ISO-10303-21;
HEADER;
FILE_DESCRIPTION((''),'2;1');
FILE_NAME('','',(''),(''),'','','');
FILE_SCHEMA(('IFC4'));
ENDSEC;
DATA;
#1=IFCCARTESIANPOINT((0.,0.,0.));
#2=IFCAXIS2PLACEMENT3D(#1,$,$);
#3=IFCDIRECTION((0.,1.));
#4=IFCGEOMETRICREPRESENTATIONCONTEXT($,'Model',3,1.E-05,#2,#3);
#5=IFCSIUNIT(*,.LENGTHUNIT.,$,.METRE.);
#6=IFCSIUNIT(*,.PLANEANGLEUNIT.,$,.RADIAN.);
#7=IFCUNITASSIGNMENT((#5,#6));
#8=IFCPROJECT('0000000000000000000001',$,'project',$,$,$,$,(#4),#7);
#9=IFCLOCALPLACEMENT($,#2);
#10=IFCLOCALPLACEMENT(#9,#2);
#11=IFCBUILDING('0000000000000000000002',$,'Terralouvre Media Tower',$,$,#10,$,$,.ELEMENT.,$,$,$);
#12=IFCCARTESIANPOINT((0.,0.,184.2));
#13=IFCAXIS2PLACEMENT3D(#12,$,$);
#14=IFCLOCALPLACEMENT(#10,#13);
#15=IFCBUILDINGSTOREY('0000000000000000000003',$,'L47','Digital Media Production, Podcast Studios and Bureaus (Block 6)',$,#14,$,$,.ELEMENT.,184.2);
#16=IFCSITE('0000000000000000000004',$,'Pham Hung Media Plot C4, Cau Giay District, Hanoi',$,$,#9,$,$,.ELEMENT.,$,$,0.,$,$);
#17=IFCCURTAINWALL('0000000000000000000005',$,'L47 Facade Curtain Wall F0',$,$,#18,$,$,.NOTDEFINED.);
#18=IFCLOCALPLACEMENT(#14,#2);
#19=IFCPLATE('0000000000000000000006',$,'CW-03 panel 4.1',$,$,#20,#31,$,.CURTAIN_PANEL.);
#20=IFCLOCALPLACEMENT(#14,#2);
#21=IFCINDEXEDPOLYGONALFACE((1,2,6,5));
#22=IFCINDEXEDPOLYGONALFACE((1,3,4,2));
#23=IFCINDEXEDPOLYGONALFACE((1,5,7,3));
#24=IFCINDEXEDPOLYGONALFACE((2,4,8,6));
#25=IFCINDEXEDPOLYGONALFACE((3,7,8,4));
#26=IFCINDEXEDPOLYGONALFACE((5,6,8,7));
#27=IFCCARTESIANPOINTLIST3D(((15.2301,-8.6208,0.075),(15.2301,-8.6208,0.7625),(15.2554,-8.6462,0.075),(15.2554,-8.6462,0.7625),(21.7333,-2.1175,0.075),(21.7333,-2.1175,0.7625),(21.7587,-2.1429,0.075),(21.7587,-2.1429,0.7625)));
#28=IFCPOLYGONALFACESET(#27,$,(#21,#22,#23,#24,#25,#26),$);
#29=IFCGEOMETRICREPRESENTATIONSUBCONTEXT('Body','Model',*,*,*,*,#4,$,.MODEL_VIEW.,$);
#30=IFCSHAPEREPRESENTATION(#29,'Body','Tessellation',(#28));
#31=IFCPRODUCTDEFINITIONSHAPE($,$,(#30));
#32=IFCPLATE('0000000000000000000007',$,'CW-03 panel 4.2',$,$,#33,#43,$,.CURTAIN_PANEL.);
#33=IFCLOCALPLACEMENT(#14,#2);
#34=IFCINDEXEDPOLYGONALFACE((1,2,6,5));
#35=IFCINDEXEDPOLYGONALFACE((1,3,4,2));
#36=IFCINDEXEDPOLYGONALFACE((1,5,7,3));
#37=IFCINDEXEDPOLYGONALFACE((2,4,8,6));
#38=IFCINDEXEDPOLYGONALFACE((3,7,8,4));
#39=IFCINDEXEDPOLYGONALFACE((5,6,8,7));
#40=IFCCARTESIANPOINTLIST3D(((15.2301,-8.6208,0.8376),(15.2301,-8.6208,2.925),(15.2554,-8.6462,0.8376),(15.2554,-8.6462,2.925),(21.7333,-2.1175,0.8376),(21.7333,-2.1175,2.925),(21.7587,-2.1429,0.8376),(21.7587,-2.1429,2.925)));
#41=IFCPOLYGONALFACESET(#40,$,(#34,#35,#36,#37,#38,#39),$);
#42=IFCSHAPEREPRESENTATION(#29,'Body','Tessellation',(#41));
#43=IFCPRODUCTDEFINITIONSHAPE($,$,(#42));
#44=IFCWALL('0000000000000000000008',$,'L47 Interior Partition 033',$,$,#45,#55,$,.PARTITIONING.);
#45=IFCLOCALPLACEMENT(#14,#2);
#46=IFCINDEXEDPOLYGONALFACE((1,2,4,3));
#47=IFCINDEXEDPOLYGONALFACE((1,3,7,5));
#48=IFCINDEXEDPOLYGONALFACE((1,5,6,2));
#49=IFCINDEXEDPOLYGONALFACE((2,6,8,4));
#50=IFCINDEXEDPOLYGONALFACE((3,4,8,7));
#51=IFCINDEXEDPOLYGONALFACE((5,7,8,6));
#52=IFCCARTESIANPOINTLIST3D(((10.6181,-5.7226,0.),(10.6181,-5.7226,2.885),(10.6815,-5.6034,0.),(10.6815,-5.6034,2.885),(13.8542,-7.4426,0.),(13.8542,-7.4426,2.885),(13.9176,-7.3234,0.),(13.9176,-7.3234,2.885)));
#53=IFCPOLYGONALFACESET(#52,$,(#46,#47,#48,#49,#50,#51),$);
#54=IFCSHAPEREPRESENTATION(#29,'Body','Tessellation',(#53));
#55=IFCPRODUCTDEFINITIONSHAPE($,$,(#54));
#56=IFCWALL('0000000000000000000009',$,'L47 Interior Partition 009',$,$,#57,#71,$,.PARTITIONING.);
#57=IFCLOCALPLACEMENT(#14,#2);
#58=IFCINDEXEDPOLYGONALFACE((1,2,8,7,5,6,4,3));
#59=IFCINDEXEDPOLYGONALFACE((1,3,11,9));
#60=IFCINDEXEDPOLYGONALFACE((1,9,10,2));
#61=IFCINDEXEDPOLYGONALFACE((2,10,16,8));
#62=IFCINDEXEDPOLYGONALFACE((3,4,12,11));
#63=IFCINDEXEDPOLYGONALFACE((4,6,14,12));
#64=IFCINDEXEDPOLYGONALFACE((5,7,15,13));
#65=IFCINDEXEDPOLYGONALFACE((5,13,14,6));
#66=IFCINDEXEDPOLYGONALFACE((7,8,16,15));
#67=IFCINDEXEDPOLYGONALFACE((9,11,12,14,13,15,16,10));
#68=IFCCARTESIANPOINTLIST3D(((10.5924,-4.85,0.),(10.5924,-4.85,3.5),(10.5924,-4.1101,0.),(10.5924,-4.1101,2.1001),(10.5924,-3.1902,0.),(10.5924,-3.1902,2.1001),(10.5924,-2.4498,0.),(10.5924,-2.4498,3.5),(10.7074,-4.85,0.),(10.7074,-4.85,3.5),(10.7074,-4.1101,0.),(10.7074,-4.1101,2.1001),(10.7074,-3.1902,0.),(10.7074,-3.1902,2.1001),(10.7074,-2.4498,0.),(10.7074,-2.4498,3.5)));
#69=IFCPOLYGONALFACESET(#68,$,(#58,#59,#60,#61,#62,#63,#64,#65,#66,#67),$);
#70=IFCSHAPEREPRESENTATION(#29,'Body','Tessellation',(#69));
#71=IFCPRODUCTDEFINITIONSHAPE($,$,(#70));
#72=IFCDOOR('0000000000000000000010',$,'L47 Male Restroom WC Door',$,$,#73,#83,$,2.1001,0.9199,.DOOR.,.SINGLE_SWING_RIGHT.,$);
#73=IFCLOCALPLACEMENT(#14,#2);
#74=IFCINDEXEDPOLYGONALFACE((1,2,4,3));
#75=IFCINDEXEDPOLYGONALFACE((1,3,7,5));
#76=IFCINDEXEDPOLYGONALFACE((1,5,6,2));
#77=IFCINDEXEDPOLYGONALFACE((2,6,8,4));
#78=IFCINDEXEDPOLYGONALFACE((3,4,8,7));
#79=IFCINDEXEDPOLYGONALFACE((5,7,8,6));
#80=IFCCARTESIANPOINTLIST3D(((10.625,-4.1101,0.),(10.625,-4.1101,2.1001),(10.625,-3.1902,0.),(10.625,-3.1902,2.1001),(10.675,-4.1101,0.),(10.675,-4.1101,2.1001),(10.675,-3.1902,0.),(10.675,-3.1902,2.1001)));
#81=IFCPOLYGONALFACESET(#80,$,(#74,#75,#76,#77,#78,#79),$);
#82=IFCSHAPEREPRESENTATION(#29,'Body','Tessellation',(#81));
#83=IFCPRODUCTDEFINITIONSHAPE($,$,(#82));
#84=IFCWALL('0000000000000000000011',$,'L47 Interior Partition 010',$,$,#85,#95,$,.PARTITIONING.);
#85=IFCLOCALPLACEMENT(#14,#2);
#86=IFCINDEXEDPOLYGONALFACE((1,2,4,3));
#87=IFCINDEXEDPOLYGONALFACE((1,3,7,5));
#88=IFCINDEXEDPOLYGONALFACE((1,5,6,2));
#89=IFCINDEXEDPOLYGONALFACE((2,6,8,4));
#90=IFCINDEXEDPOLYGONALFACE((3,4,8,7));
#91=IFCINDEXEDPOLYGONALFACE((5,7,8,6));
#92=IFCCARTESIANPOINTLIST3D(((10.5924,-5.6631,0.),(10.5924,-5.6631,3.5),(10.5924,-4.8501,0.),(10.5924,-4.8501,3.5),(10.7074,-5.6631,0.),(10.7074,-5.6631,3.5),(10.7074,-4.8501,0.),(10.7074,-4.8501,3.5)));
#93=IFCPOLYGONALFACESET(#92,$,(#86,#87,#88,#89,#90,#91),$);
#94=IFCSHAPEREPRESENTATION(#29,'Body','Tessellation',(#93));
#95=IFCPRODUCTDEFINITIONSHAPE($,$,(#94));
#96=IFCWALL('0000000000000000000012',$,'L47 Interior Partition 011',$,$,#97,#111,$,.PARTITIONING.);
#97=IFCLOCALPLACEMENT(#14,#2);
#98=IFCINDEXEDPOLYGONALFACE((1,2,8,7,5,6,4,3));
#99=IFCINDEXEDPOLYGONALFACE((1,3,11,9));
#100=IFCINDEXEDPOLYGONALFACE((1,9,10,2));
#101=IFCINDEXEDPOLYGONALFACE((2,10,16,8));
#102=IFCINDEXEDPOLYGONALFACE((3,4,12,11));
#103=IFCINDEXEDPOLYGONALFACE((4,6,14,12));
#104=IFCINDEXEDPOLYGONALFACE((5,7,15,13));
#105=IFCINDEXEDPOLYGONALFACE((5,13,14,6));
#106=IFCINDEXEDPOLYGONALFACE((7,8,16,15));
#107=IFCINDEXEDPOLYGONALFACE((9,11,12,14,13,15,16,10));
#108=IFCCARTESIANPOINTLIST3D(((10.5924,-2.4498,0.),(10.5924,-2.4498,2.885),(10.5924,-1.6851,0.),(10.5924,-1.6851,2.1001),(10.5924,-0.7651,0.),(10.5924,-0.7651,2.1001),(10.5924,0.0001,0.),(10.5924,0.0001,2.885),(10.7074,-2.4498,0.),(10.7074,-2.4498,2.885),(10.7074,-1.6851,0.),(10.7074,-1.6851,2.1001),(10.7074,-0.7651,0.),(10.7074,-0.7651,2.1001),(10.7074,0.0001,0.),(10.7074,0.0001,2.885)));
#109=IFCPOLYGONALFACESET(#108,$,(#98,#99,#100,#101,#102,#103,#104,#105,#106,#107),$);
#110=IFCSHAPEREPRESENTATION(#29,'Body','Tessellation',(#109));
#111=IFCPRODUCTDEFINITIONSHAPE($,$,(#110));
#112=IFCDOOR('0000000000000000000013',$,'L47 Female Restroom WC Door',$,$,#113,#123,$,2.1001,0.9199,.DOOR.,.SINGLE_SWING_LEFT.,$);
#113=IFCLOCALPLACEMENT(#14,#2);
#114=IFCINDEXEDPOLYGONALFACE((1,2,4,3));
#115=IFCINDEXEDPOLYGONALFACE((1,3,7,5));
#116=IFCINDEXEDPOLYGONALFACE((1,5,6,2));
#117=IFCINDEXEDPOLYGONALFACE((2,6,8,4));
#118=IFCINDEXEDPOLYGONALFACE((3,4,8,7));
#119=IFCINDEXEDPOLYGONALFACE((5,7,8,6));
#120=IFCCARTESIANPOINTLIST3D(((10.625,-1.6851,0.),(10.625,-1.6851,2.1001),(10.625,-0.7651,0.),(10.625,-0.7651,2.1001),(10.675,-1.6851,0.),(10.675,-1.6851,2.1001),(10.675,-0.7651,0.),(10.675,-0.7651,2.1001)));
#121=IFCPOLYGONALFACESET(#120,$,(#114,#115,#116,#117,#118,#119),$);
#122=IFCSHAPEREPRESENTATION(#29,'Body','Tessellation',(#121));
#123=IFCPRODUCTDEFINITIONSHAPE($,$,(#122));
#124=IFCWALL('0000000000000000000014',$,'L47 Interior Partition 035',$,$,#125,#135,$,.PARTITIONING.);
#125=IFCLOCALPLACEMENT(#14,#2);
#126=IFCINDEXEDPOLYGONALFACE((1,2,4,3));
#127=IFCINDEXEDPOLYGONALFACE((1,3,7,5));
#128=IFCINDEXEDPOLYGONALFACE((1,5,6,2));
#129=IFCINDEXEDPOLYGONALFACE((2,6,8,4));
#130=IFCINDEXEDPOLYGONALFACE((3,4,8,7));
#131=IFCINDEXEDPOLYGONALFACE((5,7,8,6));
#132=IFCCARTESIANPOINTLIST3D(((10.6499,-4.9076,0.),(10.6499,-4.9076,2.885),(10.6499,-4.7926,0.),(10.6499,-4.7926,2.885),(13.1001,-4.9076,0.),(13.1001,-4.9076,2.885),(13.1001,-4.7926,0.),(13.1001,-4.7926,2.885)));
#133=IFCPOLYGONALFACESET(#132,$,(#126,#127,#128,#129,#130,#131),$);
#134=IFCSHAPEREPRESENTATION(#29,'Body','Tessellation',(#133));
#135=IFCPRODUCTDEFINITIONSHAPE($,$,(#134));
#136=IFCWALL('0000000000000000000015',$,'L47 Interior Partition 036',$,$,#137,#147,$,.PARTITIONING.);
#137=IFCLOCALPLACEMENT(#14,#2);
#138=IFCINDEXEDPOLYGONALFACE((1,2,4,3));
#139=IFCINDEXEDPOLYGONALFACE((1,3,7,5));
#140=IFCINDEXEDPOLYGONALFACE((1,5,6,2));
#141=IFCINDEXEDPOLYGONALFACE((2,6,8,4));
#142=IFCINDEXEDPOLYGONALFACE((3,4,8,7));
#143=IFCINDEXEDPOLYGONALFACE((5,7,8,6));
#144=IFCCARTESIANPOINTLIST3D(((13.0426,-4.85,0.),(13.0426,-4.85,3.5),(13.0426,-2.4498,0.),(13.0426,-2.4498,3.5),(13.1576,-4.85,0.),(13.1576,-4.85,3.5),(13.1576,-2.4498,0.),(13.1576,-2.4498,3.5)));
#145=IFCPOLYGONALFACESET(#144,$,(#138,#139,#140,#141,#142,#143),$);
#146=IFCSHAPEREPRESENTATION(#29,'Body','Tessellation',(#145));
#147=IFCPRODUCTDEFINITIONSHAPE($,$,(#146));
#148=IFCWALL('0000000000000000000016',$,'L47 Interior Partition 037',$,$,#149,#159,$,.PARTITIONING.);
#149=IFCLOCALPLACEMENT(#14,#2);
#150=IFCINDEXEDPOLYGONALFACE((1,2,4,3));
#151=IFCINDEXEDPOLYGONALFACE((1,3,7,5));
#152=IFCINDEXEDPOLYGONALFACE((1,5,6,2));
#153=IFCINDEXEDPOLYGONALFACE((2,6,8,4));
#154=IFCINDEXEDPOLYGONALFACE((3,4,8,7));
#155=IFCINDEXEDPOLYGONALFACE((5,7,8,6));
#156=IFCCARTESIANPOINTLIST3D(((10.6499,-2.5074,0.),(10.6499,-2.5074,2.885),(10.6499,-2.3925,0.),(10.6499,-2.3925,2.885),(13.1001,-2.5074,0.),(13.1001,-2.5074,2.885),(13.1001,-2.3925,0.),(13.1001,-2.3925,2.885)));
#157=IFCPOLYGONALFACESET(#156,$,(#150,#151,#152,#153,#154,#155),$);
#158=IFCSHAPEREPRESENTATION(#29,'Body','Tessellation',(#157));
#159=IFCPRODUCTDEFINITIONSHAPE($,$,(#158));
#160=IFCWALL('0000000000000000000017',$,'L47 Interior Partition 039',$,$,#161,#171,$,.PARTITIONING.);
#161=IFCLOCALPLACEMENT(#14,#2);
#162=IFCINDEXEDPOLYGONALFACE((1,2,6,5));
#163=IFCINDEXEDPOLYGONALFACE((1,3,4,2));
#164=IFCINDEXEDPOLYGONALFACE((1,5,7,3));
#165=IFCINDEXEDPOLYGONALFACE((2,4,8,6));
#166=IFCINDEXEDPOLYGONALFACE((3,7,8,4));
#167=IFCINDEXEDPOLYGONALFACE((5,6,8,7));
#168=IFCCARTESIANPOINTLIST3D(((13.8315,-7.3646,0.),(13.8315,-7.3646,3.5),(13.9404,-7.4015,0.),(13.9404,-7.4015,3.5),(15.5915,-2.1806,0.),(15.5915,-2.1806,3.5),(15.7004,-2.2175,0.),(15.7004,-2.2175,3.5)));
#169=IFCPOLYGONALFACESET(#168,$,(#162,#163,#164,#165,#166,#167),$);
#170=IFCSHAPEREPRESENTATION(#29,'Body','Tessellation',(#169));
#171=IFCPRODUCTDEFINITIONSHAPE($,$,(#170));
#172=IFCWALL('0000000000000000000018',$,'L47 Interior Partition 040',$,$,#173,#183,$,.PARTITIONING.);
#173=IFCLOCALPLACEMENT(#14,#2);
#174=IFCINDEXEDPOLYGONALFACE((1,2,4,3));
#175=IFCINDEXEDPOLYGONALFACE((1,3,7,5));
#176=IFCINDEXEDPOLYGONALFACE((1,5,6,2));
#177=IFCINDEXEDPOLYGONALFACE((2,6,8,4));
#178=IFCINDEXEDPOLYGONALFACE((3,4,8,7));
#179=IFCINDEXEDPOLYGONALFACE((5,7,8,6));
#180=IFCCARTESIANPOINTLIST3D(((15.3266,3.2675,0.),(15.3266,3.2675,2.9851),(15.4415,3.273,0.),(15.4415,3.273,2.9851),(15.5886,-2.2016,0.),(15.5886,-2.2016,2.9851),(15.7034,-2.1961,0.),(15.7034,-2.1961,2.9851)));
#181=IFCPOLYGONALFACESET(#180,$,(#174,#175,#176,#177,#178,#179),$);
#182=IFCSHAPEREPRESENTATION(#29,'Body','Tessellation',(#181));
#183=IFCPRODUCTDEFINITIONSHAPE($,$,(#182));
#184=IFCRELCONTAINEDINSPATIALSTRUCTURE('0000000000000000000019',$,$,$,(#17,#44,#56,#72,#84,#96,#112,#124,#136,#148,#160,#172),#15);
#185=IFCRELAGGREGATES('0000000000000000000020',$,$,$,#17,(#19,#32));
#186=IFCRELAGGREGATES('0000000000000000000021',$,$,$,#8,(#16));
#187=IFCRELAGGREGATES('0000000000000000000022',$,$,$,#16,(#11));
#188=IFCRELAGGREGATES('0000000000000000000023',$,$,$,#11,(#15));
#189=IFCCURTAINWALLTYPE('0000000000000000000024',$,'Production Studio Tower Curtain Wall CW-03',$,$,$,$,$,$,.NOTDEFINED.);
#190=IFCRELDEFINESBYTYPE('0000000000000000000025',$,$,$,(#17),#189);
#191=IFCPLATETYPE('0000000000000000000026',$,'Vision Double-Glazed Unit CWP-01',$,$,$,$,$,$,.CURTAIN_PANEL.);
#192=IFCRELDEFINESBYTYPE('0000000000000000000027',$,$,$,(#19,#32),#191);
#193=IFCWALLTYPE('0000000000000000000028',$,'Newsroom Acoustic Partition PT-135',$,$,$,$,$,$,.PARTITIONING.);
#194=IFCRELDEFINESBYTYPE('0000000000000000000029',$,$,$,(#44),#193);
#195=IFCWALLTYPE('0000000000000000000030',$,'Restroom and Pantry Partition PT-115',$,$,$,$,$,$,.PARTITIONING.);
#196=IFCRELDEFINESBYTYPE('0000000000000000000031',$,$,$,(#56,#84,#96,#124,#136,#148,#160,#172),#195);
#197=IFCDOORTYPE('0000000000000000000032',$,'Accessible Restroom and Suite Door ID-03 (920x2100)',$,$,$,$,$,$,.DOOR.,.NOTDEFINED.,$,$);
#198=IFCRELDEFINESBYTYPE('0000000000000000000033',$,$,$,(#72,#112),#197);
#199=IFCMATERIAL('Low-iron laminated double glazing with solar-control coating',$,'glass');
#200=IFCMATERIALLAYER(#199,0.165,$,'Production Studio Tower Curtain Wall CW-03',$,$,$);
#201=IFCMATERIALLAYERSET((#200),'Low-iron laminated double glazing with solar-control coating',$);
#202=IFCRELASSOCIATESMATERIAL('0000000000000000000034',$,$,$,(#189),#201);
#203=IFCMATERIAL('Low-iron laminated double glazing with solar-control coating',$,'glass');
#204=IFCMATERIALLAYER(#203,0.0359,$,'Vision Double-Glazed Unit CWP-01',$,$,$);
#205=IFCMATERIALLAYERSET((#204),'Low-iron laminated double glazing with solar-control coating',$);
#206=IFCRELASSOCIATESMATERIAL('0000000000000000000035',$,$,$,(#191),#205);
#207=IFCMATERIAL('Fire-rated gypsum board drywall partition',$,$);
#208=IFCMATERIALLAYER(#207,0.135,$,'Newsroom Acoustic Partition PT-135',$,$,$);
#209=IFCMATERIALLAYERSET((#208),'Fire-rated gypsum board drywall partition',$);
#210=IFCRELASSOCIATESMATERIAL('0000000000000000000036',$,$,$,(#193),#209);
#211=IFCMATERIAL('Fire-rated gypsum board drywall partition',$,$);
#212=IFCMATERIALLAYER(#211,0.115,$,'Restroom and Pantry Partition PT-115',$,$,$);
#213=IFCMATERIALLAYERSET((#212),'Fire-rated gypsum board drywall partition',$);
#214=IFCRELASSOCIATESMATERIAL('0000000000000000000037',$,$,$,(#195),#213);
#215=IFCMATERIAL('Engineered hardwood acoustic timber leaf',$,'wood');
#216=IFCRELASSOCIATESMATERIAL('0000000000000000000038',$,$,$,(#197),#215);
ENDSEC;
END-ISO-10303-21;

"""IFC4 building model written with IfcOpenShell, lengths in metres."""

from ifc_helpers import new_model, si_unit, direction, frame, frame_2d, origin, origin_2d, place, context, subcontext, project, spatial, rectangle, extrude, material, layer, layer_set, type_object, element, fill, aggregate, save


model = new_model("IFC4")

# Units and contexts
model_context = context("Model", 3, precision=1e-05, world=origin(), true_north=direction((0.0, 1.0)))
body_context = subcontext(model_context, "Body", "Model", "MODEL_VIEW")
ifc_project = project(units=[si_unit("LENGTHUNIT", "METRE"), si_unit("PLANEANGLEUNIT", "RADIAN")], contexts=[model_context])

# Site, building, storey
site_placement = place(None, origin())
site = spatial("IfcSite", under=ifc_project, at=site_placement, Name="Pham Hung Media Plot C4, Cau Giay District, Hanoi", CompositionType="ELEMENT", RefElevation=0.0)
building_placement = place(site_placement, origin())
building = spatial("IfcBuilding", under=site, at=building_placement, Name="Terralouvre Media Tower", CompositionType="ELEMENT")
storey_placement = place(building_placement, frame((0.0, 0.0, 184.2)))
storey = spatial("IfcBuildingStorey", under=building, at=storey_placement, Name="L47", Description="Digital Media Production, Podcast Studios and Bureaus (Block 6)", CompositionType="ELEMENT", Elevation=184.2)

# Curtain wall
ifc_material_1 = material(Name="Low-iron laminated double glazing with solar-control coating", Category="glass")
ifc_layer_1 = layer(ifc_material_1, 0.165, Name="Production Studio Tower Curtain Wall CW-03")
ifc_layer_set_1 = layer_set([ifc_layer_1], Name="Low-iron laminated double glazing with solar-control coating")
curtain_wall_type = type_object("IfcCurtainWallType", Name="Production Studio Tower Curtain Wall CW-03", PredefinedType="NOTDEFINED", material=ifc_layer_set_1)
curtain_wall_placement = place(storey_placement, origin())
curtain_wall = element("IfcCurtainWall", 1, at=curtain_wall_placement, inside=storey, type_object=curtain_wall_type, Name="L47 Facade Curtain Wall F0", PredefinedType="NOTDEFINED")

# Plates
ifc_material_2 = material(Name="Low-iron laminated double glazing with solar-control coating", Category="glass")
ifc_layer_2 = layer(ifc_material_2, 0.0359, Name="Vision Double-Glazed Unit CWP-01")
ifc_layer_set_2 = layer_set([ifc_layer_2], Name="Low-iron laminated double glazing with solar-control coating")
plate_type = type_object("IfcPlateType", Name="Vision Double-Glazed Unit CWP-01", PredefinedType="CURTAIN_PANEL", material=ifc_layer_set_2)
plate_1_placement = place(storey_placement, frame((18.4944, -5.3818, 0.075), z_axis=(0.0, 0.0, 1.0), x_axis=(0.707107, 0.707107, 0.0)))
plate_1 = element("IfcPlate", 2, at=plate_1_placement, type_object=plate_type, Name="CW-03 panel 4.1", PredefinedType="CURTAIN_PANEL", context=body_context, shape_type="SweptSolid", body=[
    extrude(rectangle(XDim=9.197, YDim=0.0359, at=origin_2d()), origin(), (0.0, 0.0, 1.0), 0.6875),
])
plate_2_placement = place(storey_placement, frame((18.4944, -5.3818, 0.8376), z_axis=(0.0, 0.0, 1.0), x_axis=(0.707107, 0.707107, 0.0)))
plate_2 = element("IfcPlate", 3, at=plate_2_placement, type_object=plate_type, Name="CW-03 panel 4.2", PredefinedType="CURTAIN_PANEL", context=body_context, shape_type="SweptSolid", body=[
    extrude(rectangle(XDim=9.197, YDim=0.0359, at=origin_2d()), origin(), (0.0, 0.0, 1.0), 2.0874),
])
aggregate(curtain_wall, [plate_1, plate_2])

# Wall
ifc_material_3 = material(Name="Fire-rated gypsum board drywall partition")
ifc_layer_3 = layer(ifc_material_3, 0.135, Name="Newsroom Acoustic Partition PT-135")
ifc_layer_set_3 = layer_set([ifc_layer_3], Name="Fire-rated gypsum board drywall partition")
wall_type_1 = type_object("IfcWallType", Name="Newsroom Acoustic Partition PT-135", PredefinedType="PARTITIONING", material=ifc_layer_set_3)
wall_1_placement = place(storey_placement, frame((13.886, -7.3831, 0.0), z_axis=(0.0, 0.0, 1.0), x_axis=(-0.883025, 0.469326, 0.0)))
element("IfcWall", 4, at=wall_1_placement, inside=storey, type_object=wall_type_1, Name="L47 Interior Partition 033", PredefinedType="PARTITIONING", context=body_context, shape_type="SweptSolid", body=[
    extrude(rectangle(XDim=3.6648, YDim=0.135, at=frame_2d((1.8325, 0.0))), origin(), (0.0, 0.0, 1.0), 2.885),
])

# Wall, opening, door
ifc_material_4 = material(Name="Fire-rated gypsum board drywall partition")
ifc_layer_4 = layer(ifc_material_4, 0.115, Name="Restroom and Pantry Partition PT-115")
ifc_layer_set_4 = layer_set([ifc_layer_4], Name="Fire-rated gypsum board drywall partition")
wall_type_2 = type_object("IfcWallType", Name="Restroom and Pantry Partition PT-115", PredefinedType="PARTITIONING", material=ifc_layer_set_4)
wall_2_placement = place(storey_placement, frame((10.6499, -4.8501, 0.0), z_axis=(0.0, 0.0, 1.0), x_axis=(0.0, 1.0, 0.0)))
wall_2 = element("IfcWall", 5, at=wall_2_placement, inside=storey, type_object=wall_type_2, Name="L47 Interior Partition 009", PredefinedType="PARTITIONING", context=body_context, shape_type="SweptSolid", body=[
    extrude(rectangle(XDim=2.4001, YDim=0.115, at=frame_2d((1.2002, 0.0))), origin(), (0.0, 0.0, 1.0), 3.5),
])
opening_1_placement = place(wall_2_placement, frame((0.74, 0.0, 0.0)))
opening_1 = element("IfcOpeningElement", 6, at=opening_1_placement, cuts=wall_2, PredefinedType="OPENING", context=body_context, shape_type="SweptSolid", body=[
    extrude(rectangle(XDim=0.9199, YDim=2.1001, at=frame_2d((0.46, 1.05))), frame((0.0, 0.0674, 0.0), z_axis=(0.0, -1.0, 0.0), x_axis=(1.0, 0.0, 0.0)), (0.0, 0.0, 1.0), 0.135),
])
ifc_material_5 = material(Name="Engineered hardwood acoustic timber leaf", Category="wood")
door_type = type_object("IfcDoorType", Name="Accessible Restroom and Suite Door ID-03 (920x2100)", OperationType="NOTDEFINED", PredefinedType="DOOR", material=ifc_material_5)
door_1_placement = place(opening_1_placement, origin())
door_1 = element("IfcDoor", 7, at=door_1_placement, inside=storey, type_object=door_type, Name="L47 Male Restroom WC Door", OperationType="SINGLE_SWING_RIGHT", OverallHeight=2.1001, OverallWidth=0.9199, PredefinedType="DOOR", context=body_context, shape_type="SweptSolid", body=[
    extrude(rectangle(XDim=0.9199, YDim=2.1001, at=frame_2d((0.46, 1.05))), frame((0.0, 0.0249, 0.0), z_axis=(0.0, -1.0, 0.0), x_axis=(1.0, 0.0, 0.0)), (0.0, 0.0, 1.0), 0.05),
])
fill(opening_1, door_1)

# Wall
wall_3_placement = place(storey_placement, frame((10.6499, -5.6631, 0.0), z_axis=(0.0, 0.0, 1.0), x_axis=(0.0, 1.0, 0.0)))
element("IfcWall", 8, at=wall_3_placement, inside=storey, type_object=wall_type_2, Name="L47 Interior Partition 010", PredefinedType="PARTITIONING", context=body_context, shape_type="SweptSolid", body=[
    extrude(rectangle(XDim=0.813, YDim=0.115, at=frame_2d((0.4065, 0.0))), origin(), (0.0, 0.0, 1.0), 3.5),
])

# Wall, opening, door
wall_4_placement = place(storey_placement, frame((10.6499, -2.45, 0.0), z_axis=(0.0, 0.0, 1.0), x_axis=(0.0, 1.0, 0.0)))
wall_4 = element("IfcWall", 9, at=wall_4_placement, inside=storey, type_object=wall_type_2, Name="L47 Interior Partition 011", PredefinedType="PARTITIONING", context=body_context, shape_type="SweptSolid", body=[
    extrude(rectangle(XDim=2.45, YDim=0.115, at=frame_2d((1.2251, 0.0))), origin(), (0.0, 0.0, 1.0), 2.885),
])
opening_2_placement = place(wall_4_placement, frame((0.7649, 0.0, 0.0)))
opening_2 = element("IfcOpeningElement", 10, at=opening_2_placement, cuts=wall_4, PredefinedType="OPENING", context=body_context, shape_type="SweptSolid", body=[
    extrude(rectangle(XDim=0.9199, YDim=2.1001, at=frame_2d((0.46, 1.05))), frame((0.0, 0.0674, 0.0), z_axis=(0.0, -1.0, 0.0), x_axis=(1.0, 0.0, 0.0)), (0.0, 0.0, 1.0), 0.135),
])
door_2_placement = place(opening_2_placement, origin())
door_2 = element("IfcDoor", 11, at=door_2_placement, inside=storey, type_object=door_type, Name="L47 Female Restroom WC Door", OperationType="SINGLE_SWING_LEFT", OverallHeight=2.1001, OverallWidth=0.9199, PredefinedType="DOOR", context=body_context, shape_type="SweptSolid", body=[
    extrude(rectangle(XDim=0.9199, YDim=2.1001, at=frame_2d((0.46, 1.05))), frame((0.0, 0.0249, 0.0), z_axis=(0.0, -1.0, 0.0), x_axis=(1.0, 0.0, 0.0)), (0.0, 0.0, 1.0), 0.05),
])
fill(opening_2, door_2)

# Walls
wall_5_placement = place(storey_placement, frame((10.6499, -4.8501, 0.0), z_axis=(0.0, 0.0, 1.0), x_axis=(1.0, 0.0, 0.0)))
element("IfcWall", 12, at=wall_5_placement, inside=storey, type_object=wall_type_2, Name="L47 Interior Partition 035", PredefinedType="PARTITIONING", context=body_context, shape_type="SweptSolid", body=[
    extrude(rectangle(XDim=2.4502, YDim=0.115, at=frame_2d((1.2251, 0.0))), origin(), (0.0, 0.0, 1.0), 2.885),
])
wall_6_placement = place(storey_placement, frame((13.1001, -4.8501, 0.0), z_axis=(0.0, 0.0, 1.0), x_axis=(0.0, 1.0, 0.0)))
element("IfcWall", 13, at=wall_6_placement, inside=storey, type_object=wall_type_2, Name="L47 Interior Partition 036", PredefinedType="PARTITIONING", context=body_context, shape_type="SweptSolid", body=[
    extrude(rectangle(XDim=2.4001, YDim=0.115, at=frame_2d((1.2002, 0.0))), origin(), (0.0, 0.0, 1.0), 3.5),
])
wall_7_placement = place(storey_placement, frame((13.1001, -2.45, 0.0), z_axis=(0.0, 0.0, 1.0), x_axis=(-1.0, 0.0, 0.0)))
element("IfcWall", 14, at=wall_7_placement, inside=storey, type_object=wall_type_2, Name="L47 Interior Partition 037", PredefinedType="PARTITIONING", context=body_context, shape_type="SweptSolid", body=[
    extrude(rectangle(XDim=2.4502, YDim=0.115, at=frame_2d((1.2251, 0.0))), origin(), (0.0, 0.0, 1.0), 2.885),
])
wall_8_placement = place(storey_placement, frame((13.886, -7.3831, 0.0), z_axis=(0.0, 0.0, 1.0), x_axis=(0.321481, 0.946916, 0.0)))
element("IfcWall", 15, at=wall_8_placement, inside=storey, type_object=wall_type_2, Name="L47 Interior Partition 039", PredefinedType="PARTITIONING", context=body_context, shape_type="SweptSolid", body=[
    extrude(rectangle(XDim=5.4746, YDim=0.115, at=frame_2d((2.7373, 0.0))), origin(), (0.0, 0.0, 1.0), 3.5),
])
wall_9_placement = place(storey_placement, frame((15.646, -2.199, 0.0), z_axis=(0.0, 0.0, 1.0), x_axis=(-0.047845, 0.998855, 0.0)))
element("IfcWall", 16, at=wall_9_placement, inside=storey, type_object=wall_type_2, Name="L47 Interior Partition 040", PredefinedType="PARTITIONING", context=body_context, shape_type="SweptSolid", body=[
    extrude(rectangle(XDim=5.4753, YDim=0.115, at=frame_2d((2.7378, 0.0))), origin(), (0.0, 0.0, 1.0), 2.9851),
])

save(model, "model.ifc")
